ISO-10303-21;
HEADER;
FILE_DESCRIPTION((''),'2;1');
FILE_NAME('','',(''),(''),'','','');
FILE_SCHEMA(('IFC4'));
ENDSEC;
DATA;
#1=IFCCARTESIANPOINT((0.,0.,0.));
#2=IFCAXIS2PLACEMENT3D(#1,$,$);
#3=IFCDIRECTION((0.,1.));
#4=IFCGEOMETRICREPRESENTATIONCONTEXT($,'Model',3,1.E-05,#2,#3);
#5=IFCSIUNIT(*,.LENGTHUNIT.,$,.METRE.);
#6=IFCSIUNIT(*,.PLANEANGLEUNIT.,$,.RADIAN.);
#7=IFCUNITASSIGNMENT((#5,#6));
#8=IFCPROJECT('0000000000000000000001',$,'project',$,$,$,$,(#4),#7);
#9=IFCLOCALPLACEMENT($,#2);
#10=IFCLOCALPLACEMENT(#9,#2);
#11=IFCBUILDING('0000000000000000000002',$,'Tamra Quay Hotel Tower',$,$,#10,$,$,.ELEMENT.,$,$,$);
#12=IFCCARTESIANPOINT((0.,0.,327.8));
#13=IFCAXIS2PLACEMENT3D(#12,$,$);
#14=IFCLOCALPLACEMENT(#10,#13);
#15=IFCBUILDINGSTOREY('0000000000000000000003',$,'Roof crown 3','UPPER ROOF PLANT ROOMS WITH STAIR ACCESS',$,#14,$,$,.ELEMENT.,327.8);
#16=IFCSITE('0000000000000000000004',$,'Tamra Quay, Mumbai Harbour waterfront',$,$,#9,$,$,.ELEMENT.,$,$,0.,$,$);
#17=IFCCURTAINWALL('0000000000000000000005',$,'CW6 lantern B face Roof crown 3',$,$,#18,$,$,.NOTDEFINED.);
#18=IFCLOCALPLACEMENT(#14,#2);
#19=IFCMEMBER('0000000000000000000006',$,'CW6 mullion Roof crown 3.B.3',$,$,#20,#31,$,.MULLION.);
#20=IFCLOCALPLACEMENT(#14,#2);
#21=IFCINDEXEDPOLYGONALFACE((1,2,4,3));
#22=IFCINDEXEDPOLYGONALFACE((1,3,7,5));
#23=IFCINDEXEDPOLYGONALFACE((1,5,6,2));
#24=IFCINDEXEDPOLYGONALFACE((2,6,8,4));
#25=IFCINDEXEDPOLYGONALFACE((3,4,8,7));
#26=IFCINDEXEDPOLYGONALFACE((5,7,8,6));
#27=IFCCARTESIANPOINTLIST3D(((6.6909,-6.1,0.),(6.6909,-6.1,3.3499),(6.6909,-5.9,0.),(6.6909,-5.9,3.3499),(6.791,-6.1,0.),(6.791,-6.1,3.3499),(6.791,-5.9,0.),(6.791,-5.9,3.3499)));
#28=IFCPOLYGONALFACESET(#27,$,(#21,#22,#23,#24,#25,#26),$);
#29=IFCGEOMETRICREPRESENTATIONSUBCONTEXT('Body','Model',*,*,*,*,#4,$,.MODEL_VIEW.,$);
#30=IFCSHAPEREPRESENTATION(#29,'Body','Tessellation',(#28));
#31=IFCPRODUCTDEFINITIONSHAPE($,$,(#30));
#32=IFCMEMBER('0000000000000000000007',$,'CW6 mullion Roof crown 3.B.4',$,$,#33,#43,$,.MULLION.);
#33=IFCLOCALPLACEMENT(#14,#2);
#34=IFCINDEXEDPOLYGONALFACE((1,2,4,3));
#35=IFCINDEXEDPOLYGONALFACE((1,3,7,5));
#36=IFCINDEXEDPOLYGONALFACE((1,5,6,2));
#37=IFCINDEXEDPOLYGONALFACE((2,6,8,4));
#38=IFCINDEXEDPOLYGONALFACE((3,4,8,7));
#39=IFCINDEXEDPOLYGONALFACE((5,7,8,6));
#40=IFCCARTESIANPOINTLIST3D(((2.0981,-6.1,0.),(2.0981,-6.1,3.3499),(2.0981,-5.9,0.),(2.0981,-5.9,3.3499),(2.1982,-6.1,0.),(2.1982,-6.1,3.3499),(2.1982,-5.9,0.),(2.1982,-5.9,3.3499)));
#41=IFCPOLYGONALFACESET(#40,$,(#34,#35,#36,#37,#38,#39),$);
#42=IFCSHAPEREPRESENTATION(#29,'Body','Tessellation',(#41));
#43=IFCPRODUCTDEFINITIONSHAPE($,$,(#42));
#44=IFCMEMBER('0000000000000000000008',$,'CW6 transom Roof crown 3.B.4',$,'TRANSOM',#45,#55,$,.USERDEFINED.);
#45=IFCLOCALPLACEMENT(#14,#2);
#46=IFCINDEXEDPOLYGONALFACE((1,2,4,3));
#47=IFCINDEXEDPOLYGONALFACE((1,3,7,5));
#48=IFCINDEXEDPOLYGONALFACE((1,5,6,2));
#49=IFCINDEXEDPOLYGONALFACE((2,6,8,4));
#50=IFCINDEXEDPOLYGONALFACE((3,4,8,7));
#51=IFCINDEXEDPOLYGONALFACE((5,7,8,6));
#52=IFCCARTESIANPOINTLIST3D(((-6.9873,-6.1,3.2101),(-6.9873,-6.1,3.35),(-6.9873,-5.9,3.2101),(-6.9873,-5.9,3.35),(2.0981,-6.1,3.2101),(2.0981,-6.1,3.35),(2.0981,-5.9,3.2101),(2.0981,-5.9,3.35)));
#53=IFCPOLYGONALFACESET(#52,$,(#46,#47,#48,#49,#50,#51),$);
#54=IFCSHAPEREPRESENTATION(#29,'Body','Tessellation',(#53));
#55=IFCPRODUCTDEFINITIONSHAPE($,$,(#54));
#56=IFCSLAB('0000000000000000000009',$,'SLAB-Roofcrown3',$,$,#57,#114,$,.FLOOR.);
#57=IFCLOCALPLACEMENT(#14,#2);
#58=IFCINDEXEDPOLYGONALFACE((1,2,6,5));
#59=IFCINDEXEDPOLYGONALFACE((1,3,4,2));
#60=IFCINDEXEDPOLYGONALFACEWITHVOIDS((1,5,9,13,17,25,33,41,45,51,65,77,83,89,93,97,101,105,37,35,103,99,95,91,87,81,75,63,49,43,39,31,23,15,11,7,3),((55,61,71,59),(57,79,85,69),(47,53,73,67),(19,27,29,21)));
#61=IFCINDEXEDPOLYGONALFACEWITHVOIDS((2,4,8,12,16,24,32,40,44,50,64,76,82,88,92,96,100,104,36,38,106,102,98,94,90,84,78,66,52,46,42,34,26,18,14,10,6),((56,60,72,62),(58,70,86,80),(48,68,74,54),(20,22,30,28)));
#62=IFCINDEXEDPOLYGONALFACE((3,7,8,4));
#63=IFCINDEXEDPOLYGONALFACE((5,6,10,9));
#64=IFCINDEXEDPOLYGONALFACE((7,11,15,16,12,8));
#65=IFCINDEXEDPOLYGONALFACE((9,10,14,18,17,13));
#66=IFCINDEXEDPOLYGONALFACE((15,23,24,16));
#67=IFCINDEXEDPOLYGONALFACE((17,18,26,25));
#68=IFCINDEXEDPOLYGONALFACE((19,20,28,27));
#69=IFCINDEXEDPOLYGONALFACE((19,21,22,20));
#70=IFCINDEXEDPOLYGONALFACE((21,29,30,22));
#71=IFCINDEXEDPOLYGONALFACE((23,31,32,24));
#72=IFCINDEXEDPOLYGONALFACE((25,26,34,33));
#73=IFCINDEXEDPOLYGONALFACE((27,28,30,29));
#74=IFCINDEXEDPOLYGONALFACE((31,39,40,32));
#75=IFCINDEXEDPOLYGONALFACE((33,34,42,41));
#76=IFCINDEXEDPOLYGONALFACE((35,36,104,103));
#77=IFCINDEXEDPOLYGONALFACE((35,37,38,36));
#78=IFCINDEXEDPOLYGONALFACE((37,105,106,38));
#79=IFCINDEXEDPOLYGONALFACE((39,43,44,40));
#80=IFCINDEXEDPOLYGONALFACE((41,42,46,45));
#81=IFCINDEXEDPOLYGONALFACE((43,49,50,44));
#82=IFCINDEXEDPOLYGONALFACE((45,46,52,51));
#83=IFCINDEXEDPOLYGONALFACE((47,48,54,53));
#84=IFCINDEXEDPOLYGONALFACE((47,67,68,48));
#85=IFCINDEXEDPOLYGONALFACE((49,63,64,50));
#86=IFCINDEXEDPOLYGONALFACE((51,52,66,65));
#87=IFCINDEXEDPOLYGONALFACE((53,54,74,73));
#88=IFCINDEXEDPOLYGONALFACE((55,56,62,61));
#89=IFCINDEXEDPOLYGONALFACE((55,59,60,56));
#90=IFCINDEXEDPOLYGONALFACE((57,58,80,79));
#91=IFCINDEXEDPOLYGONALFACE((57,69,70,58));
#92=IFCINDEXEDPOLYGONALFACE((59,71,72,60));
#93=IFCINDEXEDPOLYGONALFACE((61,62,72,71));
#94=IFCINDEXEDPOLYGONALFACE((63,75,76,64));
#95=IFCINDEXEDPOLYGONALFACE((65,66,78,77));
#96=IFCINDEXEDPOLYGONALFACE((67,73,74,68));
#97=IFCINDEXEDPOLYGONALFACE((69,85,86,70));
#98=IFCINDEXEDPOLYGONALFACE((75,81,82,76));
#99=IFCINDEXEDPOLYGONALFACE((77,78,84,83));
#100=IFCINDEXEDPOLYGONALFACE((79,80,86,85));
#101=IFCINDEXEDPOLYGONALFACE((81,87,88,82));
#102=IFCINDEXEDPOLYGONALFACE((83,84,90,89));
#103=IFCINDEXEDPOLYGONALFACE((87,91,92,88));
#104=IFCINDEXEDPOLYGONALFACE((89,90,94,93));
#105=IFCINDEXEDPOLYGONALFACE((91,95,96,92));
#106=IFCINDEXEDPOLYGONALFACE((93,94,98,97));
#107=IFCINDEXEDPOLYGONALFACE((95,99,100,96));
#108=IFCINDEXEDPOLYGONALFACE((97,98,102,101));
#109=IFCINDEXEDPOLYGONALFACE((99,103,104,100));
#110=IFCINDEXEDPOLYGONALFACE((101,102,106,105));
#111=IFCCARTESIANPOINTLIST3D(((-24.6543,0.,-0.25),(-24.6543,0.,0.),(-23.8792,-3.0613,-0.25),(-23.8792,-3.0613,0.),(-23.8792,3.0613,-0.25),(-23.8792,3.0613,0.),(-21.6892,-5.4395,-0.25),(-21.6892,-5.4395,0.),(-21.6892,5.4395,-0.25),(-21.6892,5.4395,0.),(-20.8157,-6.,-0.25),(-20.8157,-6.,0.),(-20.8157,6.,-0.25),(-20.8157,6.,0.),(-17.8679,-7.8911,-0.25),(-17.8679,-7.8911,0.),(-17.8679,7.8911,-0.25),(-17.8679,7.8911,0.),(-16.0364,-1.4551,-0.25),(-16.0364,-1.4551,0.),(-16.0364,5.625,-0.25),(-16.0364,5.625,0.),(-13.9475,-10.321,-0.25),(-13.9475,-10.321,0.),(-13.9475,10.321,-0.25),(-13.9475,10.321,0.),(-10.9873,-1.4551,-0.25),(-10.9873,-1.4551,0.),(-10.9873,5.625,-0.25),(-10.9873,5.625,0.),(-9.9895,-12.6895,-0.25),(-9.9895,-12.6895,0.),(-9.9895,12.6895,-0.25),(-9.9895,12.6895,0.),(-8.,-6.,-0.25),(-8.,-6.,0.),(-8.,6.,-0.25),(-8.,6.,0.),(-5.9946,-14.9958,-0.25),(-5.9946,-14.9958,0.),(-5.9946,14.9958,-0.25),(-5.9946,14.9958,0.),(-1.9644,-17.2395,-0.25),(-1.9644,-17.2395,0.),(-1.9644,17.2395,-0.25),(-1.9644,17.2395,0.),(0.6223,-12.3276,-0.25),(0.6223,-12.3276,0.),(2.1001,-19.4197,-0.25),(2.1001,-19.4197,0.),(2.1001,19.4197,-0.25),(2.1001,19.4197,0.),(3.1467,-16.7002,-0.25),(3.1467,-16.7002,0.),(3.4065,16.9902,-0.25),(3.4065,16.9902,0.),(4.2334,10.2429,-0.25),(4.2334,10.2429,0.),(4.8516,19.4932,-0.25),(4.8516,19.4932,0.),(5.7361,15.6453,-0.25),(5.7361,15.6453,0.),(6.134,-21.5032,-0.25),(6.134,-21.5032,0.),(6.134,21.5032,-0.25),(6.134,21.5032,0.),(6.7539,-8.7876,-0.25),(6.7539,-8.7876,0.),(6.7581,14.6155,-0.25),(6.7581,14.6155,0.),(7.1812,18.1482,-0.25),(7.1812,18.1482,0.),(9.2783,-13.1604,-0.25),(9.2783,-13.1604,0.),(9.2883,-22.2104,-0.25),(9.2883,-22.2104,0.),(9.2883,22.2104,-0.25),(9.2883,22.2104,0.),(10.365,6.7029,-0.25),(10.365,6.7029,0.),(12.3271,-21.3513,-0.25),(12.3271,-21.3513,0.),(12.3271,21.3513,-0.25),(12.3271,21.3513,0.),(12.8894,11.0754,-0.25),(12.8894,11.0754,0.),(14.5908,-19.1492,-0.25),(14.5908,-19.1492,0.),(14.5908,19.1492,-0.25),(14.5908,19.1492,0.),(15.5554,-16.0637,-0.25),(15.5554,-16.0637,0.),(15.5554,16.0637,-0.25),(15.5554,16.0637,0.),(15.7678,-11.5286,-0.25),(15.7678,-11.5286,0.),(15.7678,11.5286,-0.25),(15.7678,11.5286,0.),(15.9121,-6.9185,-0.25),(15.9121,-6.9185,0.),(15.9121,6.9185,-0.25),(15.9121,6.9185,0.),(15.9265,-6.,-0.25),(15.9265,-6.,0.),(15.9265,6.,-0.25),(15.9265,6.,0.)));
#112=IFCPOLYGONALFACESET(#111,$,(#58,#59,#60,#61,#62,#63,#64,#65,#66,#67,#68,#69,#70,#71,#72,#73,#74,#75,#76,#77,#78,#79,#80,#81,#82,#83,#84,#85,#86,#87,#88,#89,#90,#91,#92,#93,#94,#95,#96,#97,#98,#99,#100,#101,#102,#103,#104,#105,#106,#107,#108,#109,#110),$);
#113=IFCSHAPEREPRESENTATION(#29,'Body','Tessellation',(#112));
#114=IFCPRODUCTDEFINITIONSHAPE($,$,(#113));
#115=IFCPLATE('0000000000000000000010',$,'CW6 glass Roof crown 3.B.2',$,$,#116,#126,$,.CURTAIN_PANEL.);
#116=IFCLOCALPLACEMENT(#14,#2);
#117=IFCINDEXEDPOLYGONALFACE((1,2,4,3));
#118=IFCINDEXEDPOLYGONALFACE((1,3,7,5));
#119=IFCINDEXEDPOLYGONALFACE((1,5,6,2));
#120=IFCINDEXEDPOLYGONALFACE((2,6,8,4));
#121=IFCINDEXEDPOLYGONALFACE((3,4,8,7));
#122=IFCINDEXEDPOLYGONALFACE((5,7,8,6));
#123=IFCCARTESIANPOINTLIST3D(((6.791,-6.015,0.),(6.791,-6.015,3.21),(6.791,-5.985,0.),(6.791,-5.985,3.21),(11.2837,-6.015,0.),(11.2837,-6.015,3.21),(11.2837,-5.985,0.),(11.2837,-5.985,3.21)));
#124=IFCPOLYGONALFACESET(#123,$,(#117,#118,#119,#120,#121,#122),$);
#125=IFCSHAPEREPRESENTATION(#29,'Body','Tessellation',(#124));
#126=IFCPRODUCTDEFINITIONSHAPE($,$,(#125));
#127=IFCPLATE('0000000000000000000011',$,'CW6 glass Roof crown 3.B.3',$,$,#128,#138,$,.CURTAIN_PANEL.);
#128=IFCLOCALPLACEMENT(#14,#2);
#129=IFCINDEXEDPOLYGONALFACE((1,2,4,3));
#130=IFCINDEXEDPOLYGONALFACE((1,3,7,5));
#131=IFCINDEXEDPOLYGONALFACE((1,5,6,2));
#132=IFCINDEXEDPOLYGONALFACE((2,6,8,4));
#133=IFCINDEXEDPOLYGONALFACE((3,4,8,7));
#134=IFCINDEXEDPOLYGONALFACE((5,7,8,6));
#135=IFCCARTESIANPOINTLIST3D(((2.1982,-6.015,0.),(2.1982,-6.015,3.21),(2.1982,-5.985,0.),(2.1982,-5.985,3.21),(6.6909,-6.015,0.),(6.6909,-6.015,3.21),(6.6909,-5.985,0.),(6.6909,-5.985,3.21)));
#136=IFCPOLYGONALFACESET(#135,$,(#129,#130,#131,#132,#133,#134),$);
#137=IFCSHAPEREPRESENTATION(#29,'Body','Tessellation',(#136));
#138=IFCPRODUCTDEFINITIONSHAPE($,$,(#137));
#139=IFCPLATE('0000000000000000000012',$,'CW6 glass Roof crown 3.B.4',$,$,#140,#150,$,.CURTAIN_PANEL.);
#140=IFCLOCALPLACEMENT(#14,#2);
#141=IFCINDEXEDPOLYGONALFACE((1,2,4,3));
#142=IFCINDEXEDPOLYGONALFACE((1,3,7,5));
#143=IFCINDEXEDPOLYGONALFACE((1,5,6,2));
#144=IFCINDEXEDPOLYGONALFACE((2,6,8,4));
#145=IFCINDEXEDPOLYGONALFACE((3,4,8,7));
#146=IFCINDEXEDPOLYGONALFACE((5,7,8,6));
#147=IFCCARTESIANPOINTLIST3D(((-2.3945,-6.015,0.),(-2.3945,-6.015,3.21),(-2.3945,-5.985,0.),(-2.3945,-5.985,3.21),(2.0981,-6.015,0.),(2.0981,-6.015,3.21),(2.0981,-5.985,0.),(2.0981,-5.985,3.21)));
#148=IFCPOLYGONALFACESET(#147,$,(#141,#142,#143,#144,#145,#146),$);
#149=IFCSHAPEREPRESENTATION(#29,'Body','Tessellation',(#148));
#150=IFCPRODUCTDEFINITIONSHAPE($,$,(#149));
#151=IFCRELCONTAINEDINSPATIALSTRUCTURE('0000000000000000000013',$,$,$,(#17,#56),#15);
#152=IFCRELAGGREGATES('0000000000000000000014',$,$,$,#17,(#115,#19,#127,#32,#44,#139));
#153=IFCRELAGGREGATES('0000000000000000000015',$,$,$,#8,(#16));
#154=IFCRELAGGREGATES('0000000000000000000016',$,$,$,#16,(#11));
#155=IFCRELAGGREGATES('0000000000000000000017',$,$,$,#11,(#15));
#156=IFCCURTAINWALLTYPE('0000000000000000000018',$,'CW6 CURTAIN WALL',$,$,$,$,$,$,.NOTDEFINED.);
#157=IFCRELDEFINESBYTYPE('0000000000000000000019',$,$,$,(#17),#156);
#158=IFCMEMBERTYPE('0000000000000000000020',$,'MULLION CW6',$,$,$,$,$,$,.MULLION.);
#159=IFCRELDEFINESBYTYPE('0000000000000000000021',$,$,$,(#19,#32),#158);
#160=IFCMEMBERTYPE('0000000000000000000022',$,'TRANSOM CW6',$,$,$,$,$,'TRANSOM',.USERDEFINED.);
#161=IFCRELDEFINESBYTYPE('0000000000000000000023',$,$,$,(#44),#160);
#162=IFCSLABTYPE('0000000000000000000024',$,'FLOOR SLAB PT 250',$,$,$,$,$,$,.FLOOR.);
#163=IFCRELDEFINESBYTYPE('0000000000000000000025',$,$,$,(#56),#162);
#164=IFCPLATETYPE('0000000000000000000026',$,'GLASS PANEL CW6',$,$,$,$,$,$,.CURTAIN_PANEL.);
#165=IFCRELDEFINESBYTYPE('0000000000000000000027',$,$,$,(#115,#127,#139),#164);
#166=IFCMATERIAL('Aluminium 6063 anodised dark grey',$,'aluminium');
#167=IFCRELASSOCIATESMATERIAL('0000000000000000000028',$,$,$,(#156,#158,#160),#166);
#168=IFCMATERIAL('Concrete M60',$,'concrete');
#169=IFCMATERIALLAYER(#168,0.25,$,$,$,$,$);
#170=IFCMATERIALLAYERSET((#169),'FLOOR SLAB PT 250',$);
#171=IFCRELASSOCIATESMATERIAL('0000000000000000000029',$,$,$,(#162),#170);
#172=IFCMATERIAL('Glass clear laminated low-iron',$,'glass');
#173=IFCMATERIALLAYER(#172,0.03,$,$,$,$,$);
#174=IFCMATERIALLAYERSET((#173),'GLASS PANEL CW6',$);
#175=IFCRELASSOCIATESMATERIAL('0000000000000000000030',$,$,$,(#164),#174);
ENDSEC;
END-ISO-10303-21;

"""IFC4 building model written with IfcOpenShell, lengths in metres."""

from ifc_helpers import new_model, si_unit, direction, frame, origin, origin_2d, place, context, subcontext, project, spatial, polyline, rectangle, outline, extrude, material, layer, layer_set, material_profile, profile_set, type_object, element, aggregate, save


model = new_model("IFC4")

# Units and contexts
model_context = context("Model", 3, precision=1e-05, world=origin(), true_north=direction((0.0, 1.0)))
body_context = subcontext(model_context, "Body", "Model", "MODEL_VIEW")
ifc_project = project(units=[si_unit("LENGTHUNIT", "METRE"), si_unit("PLANEANGLEUNIT", "RADIAN")], contexts=[model_context])

# Site, building, storey
site_placement = place(None, origin())
site = spatial("IfcSite", under=ifc_project, at=site_placement, Name="Tamra Quay, Mumbai Harbour waterfront", CompositionType="ELEMENT", RefElevation=0.0)
building_placement = place(site_placement, origin())
building = spatial("IfcBuilding", under=site, at=building_placement, Name="Tamra Quay Hotel Tower", CompositionType="ELEMENT")
storey_placement = place(building_placement, frame((0.0, 0.0, 327.8)))
storey = spatial("IfcBuildingStorey", under=building, at=storey_placement, Name="Roof crown 3", Description="UPPER ROOF PLANT ROOMS WITH STAIR ACCESS", CompositionType="ELEMENT", Elevation=327.8)

# Curtain wall, members
ifc_material_1 = material(Name="Aluminium 6063 anodised dark grey", Category="aluminium")
curtain_wall_type = type_object("IfcCurtainWallType", Name="CW6 CURTAIN WALL", PredefinedType="NOTDEFINED", material=ifc_material_1)
curtain_wall_placement = place(storey_placement, origin())
curtain_wall = element("IfcCurtainWall", 1, at=curtain_wall_placement, inside=storey, type_object=curtain_wall_type, Name="CW6 lantern B face Roof crown 3", PredefinedType="NOTDEFINED")
ifc_material_profile_1 = material_profile(ifc_material_1, rectangle(XDim=0.2, YDim=0.1001, at=origin_2d()), Name="MULLION 100X200")
ifc_profile_set_1 = profile_set([ifc_material_profile_1], Name="Aluminium 6063 anodised dark grey")
member_type_1 = type_object("IfcMemberType", Name="MULLION CW6", PredefinedType="MULLION", material=ifc_profile_set_1)
member_1_placement = place(storey_placement, frame((6.741, -6.0, 0.0), z_axis=(0.0, 0.0, 1.0), x_axis=(0.0, 1.0, 0.0)))
member_1 = element("IfcMember", 2, at=member_1_placement, type_object=member_type_1, Name="CW6 mullion Roof crown 3.B.3", PredefinedType="MULLION", context=body_context, shape_type="SweptSolid", body=[
    extrude(rectangle(XDim=0.2, YDim=0.1001, at=origin_2d()), origin(), (0.0, 0.0, 1.0), 3.3499),
])
member_2_placement = place(storey_placement, frame((2.1482, -6.0, 0.0), z_axis=(0.0, 0.0, 1.0), x_axis=(0.0, 1.0, 0.0)))
member_2 = element("IfcMember", 3, at=member_2_placement, type_object=member_type_1, Name="CW6 mullion Roof crown 3.B.4", PredefinedType="MULLION", context=body_context, shape_type="SweptSolid", body=[
    extrude(rectangle(XDim=0.2, YDim=0.1001, at=origin_2d()), origin(), (0.0, 0.0, 1.0), 3.3499),
])
ifc_material_profile_2 = material_profile(ifc_material_1, rectangle(XDim=0.2, YDim=0.1399, at=origin_2d()), Name="TRANSOM 200X140")
ifc_profile_set_2 = profile_set([ifc_material_profile_2], Name="Aluminium 6063 anodised dark grey")
member_type_2 = type_object("IfcMemberType", Name="TRANSOM CW6", ElementType="TRANSOM", PredefinedType="USERDEFINED", material=ifc_profile_set_2)
member_3_placement = place(storey_placement, frame((2.0981, -6.0, 3.28), z_axis=(-1.0, 0.0, 0.0), x_axis=(0.0, -1.0, 0.0)))
member_3 = element("IfcMember", 4, at=member_3_placement, type_object=member_type_2, Name="CW6 transom Roof crown 3.B.4", ObjectType="TRANSOM", PredefinedType="USERDEFINED", context=body_context, shape_type="SweptSolid", body=[
    extrude(rectangle(XDim=0.2, YDim=0.1399, at=origin_2d()), origin(), (0.0, 0.0, 1.0), 9.0854),
])

# Slab
ifc_material_2 = material(Name="Concrete M60", Category="concrete")
ifc_layer_1 = layer(ifc_material_2, 0.25)
ifc_layer_set_1 = layer_set([ifc_layer_1], Name="FLOOR SLAB PT 250")
slab_type = type_object("IfcSlabType", Name="FLOOR SLAB PT 250", PredefinedType="FLOOR", material=ifc_layer_set_1)
slab_placement = place(storey_placement, frame((0.0, 0.0, -0.25)))
element("IfcSlab", 5, at=slab_placement, inside=storey, type_object=slab_type, Name="SLAB-Roofcrown3", PredefinedType="FLOOR", context=body_context, shape_type="SweptSolid", body=[
    extrude(outline(polyline([(15.5554, -16.0637), (14.5908, -19.1492), (12.3271, -21.3513), (9.2883, -22.2104), (6.134, -21.5032), (2.1001, -19.4197), (-1.9644, -17.2395), (-5.9946, -14.9958), (-9.9895, -12.6895), (-13.9475, -10.321), (-17.8679, -7.8911), (-20.8157, -6.0), (-21.6892, -5.4395), (-23.8792, -3.0613), (-24.6543, 0.0), (-23.8792, 3.0613), (-21.6892, 5.4395), (-20.8157, 6.0), (-17.8679, 7.8911), (-13.9475, 10.321), (-9.9895, 12.6895), (-5.9946, 14.9958), (-1.9644, 17.2395), (2.1001, 19.4197), (6.134, 21.5032), (9.2883, 22.2104), (12.3271, 21.3513), (14.5908, 19.1492), (15.5554, 16.0637), (15.7678, 11.5286), (15.9121, 6.9185), (15.9265, 6.0), (-8.0, 6.0), (-8.0, -6.0), (15.9265, -6.0), (15.9121, -6.9185), (15.7678, -11.5286), (15.5554, -16.0637)]), holes=[polyline([(9.2783, -13.1604), (6.7539, -8.7876), (0.6223, -12.3276), (3.1467, -16.7002), (9.2783, -13.1604)]), polyline([(-16.0364, -1.4551), (-10.9873, -1.4551), (-10.9873, 5.625), (-16.0364, 5.625), (-16.0364, -1.4551)]), polyline([(6.7581, 14.6155), (4.2334, 10.2429), (10.365, 6.7029), (12.8894, 11.0754), (6.7581, 14.6155)]), polyline([(4.8516, 19.4932), (3.4065, 16.9902), (5.7361, 15.6453), (7.1812, 18.1482), (4.8516, 19.4932)])]), origin(), (0.0, 0.0, 1.0), 0.25),
])

# Plates
ifc_material_3 = material(Name="Glass clear laminated low-iron", Category="glass")
ifc_layer_2 = layer(ifc_material_3, 0.03)
ifc_layer_set_2 = layer_set([ifc_layer_2], Name="GLASS PANEL CW6")
plate_type = type_object("IfcPlateType", Name="GLASS PANEL CW6", PredefinedType="CURTAIN_PANEL", material=ifc_layer_set_2)
plate_1_placement = place(storey_placement, frame((9.0374, -6.0, 0.0), z_axis=(0.0, 0.0, 1.0), x_axis=(-1.0, 0.0, 0.0)))
plate_1 = element("IfcPlate", 6, at=plate_1_placement, type_object=plate_type, Name="CW6 glass Roof crown 3.B.2", PredefinedType="CURTAIN_PANEL", context=body_context, shape_type="SweptSolid", body=[
    extrude(rectangle(XDim=4.4927, YDim=0.03, at=origin_2d()), origin(), (0.0, 0.0, 1.0), 3.21),
])
plate_2_placement = place(storey_placement, frame((4.4446, -6.0, 0.0), z_axis=(0.0, 0.0, 1.0), x_axis=(-1.0, 0.0, 0.0)))
plate_2 = element("IfcPlate", 7, at=plate_2_placement, type_object=plate_type, Name="CW6 glass Roof crown 3.B.3", PredefinedType="CURTAIN_PANEL", context=body_context, shape_type="SweptSolid", body=[
    extrude(rectangle(XDim=4.4927, YDim=0.03, at=origin_2d()), origin(), (0.0, 0.0, 1.0), 3.21),
])
plate_3_placement = place(storey_placement, frame((-0.1482, -6.0, 0.0), z_axis=(0.0, 0.0, 1.0), x_axis=(-1.0, 0.0, 0.0)))
plate_3 = element("IfcPlate", 8, at=plate_3_placement, type_object=plate_type, Name="CW6 glass Roof crown 3.B.4", PredefinedType="CURTAIN_PANEL", context=body_context, shape_type="SweptSolid", body=[
    extrude(rectangle(XDim=4.4927, YDim=0.03, at=origin_2d()), origin(), (0.0, 0.0, 1.0), 3.21),
])
aggregate(curtain_wall, [plate_1, member_1, plate_2, member_2, member_3, plate_3])

save(model, "model.ifc")
